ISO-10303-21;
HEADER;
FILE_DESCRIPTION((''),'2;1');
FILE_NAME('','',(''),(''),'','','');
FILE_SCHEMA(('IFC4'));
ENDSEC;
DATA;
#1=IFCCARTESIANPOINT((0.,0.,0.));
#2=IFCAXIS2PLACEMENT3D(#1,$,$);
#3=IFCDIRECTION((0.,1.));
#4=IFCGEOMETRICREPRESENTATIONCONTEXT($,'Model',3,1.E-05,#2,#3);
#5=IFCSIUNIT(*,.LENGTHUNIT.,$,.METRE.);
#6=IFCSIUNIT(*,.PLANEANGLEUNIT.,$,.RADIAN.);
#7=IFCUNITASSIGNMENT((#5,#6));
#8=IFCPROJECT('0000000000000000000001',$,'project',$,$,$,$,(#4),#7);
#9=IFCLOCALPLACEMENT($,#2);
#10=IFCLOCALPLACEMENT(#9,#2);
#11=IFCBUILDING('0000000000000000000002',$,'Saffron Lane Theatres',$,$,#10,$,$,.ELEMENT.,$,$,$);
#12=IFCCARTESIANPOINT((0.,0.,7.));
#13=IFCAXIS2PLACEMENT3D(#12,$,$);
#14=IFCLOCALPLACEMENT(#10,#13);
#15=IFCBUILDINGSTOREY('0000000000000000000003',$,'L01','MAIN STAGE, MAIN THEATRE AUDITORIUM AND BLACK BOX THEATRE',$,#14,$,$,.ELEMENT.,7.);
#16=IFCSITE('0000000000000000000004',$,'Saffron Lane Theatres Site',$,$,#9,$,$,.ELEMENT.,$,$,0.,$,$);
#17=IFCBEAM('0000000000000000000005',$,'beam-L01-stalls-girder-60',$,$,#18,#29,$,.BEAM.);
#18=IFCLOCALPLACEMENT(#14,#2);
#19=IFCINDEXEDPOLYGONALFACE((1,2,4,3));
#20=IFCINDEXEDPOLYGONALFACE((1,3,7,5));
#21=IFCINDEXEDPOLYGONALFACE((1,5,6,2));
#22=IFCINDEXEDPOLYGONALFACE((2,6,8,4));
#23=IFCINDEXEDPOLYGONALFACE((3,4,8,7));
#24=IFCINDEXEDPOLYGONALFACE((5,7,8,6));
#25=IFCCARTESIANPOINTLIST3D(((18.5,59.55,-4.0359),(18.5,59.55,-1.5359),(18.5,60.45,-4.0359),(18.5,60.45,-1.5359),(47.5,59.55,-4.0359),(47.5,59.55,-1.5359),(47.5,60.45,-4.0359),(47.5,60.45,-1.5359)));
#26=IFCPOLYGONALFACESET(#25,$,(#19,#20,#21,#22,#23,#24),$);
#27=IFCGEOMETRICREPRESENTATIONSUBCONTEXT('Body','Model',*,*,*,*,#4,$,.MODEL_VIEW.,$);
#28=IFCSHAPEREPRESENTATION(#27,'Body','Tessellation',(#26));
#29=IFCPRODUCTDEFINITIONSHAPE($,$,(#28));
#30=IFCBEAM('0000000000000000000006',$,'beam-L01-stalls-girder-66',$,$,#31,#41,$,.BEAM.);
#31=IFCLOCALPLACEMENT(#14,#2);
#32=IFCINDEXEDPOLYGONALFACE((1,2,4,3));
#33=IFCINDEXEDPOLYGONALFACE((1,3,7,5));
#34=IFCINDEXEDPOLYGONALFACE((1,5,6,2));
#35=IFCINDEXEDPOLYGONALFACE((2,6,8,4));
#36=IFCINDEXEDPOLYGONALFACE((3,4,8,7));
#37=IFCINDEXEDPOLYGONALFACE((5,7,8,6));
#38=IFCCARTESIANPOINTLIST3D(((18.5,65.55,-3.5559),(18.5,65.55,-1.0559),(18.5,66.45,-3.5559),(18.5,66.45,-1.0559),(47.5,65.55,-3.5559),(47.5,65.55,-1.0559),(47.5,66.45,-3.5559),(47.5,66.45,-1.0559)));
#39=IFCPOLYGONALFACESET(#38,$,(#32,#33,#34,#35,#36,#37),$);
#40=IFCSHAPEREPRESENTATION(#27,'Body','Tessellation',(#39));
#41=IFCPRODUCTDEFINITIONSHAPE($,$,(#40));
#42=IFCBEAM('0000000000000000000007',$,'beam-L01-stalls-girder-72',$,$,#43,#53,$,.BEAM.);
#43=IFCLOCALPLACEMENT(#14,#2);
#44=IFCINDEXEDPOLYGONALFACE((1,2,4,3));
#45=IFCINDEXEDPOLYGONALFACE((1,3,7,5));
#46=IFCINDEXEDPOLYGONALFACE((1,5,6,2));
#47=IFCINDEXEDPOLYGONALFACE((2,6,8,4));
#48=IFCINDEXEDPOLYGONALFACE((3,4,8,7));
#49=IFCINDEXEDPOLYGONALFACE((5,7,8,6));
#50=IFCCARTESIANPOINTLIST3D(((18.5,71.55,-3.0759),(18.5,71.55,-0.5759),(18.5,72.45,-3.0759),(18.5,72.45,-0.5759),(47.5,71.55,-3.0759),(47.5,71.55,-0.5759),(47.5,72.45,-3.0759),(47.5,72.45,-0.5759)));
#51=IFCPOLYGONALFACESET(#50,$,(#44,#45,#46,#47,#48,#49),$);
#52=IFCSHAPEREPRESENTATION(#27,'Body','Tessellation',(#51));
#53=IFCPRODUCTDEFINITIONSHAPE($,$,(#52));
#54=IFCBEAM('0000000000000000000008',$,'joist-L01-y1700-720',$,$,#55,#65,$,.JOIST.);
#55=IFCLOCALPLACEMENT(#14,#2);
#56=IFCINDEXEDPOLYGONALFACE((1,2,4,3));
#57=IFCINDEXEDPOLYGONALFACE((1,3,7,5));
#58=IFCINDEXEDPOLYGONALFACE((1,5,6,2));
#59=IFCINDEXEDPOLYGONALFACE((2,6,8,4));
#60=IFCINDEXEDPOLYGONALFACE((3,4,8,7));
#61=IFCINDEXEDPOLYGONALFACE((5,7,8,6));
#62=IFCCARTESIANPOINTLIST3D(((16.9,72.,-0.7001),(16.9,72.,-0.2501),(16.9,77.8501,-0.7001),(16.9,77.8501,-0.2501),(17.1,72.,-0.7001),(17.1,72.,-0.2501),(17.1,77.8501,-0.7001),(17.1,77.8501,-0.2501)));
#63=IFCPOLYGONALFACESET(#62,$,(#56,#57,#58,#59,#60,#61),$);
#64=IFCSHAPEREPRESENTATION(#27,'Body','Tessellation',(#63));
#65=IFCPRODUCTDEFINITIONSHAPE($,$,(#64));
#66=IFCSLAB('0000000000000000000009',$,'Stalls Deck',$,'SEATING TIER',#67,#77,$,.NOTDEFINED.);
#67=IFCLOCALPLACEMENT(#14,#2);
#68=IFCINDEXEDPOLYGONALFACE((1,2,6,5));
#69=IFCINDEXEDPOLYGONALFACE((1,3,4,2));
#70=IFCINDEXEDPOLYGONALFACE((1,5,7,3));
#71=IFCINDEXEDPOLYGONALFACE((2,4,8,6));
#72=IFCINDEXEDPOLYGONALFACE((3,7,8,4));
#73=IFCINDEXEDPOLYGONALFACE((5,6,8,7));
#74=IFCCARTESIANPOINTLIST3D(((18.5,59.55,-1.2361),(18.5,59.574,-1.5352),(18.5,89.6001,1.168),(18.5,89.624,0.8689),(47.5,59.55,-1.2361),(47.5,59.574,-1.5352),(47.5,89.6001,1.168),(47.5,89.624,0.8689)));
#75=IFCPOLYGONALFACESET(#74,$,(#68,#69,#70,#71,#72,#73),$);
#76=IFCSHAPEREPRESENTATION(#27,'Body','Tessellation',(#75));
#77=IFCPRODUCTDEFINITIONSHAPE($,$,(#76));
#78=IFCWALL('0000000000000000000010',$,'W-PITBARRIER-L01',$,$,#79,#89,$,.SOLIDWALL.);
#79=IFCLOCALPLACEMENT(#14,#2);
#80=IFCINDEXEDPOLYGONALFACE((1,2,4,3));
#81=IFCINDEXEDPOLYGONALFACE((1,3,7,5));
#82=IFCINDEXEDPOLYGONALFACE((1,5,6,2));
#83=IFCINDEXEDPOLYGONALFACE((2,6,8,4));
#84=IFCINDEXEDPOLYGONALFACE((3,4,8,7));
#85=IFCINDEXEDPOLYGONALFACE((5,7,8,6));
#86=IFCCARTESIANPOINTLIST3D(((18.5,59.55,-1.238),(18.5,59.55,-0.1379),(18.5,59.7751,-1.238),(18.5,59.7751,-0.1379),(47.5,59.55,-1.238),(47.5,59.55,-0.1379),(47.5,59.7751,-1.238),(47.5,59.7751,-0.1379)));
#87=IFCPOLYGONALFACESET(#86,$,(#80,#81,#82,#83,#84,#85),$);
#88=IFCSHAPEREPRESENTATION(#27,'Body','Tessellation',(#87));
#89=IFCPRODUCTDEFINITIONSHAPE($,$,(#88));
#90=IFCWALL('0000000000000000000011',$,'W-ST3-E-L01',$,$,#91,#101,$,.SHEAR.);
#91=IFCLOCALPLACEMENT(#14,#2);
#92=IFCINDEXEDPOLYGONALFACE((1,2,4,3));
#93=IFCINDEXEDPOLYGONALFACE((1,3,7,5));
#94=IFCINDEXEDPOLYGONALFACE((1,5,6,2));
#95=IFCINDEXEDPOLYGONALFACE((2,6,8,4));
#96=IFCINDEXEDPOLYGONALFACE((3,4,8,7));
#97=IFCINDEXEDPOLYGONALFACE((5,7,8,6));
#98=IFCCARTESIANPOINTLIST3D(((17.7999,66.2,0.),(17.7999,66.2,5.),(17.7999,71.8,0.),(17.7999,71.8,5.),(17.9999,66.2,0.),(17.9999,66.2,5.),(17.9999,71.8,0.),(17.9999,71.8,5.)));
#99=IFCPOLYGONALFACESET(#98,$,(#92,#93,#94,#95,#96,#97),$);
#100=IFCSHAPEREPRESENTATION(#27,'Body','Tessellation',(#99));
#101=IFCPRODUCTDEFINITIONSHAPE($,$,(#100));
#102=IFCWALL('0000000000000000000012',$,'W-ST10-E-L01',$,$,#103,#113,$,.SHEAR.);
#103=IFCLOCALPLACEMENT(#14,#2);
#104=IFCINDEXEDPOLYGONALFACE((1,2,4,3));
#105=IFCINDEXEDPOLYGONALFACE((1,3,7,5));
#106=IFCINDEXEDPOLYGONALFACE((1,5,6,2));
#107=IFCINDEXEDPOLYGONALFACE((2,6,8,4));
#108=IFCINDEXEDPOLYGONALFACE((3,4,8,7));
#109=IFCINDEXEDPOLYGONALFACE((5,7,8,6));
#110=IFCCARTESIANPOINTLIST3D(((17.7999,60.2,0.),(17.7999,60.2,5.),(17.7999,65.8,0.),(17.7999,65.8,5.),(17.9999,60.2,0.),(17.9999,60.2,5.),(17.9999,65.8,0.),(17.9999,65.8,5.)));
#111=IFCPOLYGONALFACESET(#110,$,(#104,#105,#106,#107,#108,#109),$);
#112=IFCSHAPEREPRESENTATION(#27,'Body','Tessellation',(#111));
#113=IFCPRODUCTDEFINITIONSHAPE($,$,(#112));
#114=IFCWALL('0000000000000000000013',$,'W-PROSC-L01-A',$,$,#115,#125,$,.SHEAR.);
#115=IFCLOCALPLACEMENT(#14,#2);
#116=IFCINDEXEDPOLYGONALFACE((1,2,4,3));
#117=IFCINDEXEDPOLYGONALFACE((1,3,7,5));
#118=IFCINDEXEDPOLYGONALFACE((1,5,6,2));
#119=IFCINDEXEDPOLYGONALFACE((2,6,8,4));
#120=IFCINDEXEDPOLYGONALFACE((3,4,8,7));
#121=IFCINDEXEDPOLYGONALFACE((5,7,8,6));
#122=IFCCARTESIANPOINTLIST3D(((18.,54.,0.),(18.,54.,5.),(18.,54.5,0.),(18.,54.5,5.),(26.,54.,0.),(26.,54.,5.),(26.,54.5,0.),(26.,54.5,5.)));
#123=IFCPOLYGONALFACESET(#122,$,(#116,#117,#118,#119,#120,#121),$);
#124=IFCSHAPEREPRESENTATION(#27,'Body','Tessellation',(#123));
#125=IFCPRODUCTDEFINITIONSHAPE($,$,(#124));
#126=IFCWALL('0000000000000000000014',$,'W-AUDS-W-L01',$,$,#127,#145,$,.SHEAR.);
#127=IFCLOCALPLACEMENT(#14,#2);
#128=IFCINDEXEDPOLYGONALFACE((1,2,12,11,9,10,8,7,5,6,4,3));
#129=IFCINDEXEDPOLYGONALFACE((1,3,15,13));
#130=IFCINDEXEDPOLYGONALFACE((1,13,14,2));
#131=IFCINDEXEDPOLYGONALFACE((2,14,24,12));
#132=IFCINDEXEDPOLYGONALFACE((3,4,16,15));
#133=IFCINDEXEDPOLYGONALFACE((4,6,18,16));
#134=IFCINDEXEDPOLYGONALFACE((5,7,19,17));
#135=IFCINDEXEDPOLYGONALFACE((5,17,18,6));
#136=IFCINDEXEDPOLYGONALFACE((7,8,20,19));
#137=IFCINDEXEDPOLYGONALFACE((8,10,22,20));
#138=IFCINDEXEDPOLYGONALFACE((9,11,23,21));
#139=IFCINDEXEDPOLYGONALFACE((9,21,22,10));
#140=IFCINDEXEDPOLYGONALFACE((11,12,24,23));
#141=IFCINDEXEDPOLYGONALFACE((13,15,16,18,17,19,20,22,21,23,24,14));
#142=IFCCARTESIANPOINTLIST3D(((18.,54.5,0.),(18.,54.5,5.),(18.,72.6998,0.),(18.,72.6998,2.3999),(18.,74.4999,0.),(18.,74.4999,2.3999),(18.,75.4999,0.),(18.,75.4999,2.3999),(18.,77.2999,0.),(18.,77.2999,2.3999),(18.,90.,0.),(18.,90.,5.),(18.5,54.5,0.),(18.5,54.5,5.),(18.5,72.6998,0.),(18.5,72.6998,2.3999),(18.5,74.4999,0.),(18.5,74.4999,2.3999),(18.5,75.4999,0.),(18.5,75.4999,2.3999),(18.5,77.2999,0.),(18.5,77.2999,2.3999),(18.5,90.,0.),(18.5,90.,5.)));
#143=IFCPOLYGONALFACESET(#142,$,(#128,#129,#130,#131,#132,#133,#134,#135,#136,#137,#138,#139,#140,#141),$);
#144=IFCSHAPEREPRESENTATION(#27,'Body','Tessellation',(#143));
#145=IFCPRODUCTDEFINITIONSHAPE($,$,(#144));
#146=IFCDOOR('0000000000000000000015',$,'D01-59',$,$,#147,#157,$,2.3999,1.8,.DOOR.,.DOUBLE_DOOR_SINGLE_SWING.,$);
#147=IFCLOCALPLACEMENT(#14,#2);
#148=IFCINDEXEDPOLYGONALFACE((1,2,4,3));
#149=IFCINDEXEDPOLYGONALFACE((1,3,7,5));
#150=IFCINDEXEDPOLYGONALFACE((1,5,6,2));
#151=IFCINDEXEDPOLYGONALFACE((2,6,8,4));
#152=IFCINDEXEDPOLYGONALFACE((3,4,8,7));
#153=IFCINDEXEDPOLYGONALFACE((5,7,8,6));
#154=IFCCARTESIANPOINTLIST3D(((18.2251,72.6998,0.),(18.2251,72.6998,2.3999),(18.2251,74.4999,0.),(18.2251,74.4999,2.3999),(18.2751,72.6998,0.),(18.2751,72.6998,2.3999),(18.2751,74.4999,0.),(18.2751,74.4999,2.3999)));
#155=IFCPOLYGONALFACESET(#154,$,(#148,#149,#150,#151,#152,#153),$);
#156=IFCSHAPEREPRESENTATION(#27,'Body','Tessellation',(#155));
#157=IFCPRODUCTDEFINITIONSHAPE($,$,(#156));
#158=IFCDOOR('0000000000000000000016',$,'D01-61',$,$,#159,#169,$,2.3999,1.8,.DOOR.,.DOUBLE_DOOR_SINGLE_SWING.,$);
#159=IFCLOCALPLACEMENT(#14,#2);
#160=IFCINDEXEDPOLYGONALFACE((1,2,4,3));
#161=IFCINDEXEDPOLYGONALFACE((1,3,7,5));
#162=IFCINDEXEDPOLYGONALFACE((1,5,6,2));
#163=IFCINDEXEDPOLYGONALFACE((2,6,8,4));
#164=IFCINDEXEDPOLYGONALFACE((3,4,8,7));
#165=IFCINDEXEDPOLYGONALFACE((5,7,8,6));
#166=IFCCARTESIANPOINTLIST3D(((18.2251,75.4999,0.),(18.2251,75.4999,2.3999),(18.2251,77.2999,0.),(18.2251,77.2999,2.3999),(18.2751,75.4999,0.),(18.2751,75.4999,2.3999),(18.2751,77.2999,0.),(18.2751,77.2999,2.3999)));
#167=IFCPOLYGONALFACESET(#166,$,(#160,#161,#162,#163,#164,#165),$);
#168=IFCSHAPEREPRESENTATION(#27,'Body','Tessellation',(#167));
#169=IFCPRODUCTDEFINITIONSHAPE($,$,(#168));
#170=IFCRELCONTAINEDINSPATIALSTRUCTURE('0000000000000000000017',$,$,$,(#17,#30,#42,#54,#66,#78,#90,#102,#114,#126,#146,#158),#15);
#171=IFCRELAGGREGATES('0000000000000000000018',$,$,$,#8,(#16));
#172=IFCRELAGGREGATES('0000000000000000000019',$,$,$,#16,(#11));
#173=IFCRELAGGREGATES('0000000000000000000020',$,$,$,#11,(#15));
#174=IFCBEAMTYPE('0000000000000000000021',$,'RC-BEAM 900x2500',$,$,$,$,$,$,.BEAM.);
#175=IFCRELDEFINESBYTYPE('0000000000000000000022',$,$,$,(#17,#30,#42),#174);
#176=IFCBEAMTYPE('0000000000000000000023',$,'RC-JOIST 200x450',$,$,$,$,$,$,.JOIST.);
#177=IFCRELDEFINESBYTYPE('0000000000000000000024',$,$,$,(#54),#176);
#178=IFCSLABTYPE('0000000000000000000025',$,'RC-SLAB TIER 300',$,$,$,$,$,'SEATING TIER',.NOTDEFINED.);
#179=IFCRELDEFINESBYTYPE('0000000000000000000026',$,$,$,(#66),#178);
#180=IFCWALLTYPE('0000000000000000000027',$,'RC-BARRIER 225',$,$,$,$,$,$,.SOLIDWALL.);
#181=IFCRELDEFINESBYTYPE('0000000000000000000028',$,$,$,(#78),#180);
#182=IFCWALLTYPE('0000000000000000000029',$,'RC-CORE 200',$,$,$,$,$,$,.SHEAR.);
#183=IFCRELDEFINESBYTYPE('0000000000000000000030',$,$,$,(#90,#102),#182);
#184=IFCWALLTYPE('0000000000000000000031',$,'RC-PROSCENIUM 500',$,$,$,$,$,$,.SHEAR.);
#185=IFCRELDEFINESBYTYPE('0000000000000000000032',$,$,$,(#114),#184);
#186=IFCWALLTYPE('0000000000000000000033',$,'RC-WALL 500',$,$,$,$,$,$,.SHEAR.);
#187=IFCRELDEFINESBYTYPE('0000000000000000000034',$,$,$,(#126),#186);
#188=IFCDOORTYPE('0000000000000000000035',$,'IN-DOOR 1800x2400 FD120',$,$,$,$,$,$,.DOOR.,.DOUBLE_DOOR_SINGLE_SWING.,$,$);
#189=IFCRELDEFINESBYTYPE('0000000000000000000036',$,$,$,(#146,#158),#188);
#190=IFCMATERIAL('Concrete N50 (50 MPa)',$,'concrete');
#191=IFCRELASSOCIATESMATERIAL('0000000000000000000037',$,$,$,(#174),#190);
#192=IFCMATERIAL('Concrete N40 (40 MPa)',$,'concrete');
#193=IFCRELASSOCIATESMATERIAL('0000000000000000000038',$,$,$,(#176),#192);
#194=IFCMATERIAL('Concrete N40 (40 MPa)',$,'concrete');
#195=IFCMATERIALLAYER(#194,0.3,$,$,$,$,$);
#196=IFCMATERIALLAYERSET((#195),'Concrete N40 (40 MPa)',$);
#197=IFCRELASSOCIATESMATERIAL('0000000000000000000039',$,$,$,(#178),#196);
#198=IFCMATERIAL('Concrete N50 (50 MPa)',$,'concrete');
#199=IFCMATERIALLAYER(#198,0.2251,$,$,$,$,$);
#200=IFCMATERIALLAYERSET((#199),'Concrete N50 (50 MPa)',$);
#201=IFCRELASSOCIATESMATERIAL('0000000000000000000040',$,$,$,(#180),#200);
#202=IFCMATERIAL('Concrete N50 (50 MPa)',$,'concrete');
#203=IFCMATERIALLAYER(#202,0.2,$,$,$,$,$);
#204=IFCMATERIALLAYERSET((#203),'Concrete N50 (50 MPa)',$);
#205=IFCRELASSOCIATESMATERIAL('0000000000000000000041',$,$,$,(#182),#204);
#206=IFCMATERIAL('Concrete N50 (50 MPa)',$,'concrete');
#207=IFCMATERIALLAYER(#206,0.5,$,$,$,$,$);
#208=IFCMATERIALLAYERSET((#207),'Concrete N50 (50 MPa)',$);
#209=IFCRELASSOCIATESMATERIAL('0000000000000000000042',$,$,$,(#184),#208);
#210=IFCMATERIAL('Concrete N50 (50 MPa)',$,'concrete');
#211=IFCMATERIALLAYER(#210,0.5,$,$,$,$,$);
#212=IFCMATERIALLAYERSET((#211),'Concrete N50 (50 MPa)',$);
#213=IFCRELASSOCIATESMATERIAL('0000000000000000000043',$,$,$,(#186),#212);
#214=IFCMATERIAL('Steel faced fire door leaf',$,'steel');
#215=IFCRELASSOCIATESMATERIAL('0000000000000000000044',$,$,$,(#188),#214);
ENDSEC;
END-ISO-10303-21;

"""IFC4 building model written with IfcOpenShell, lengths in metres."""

from ifc_helpers import new_model, si_unit, direction, frame, frame_2d, origin, origin_2d, place, context, subcontext, project, spatial, polyline, rectangle, outline, extrude, material, layer, layer_set, material_profile, profile_set, type_object, element, fill, save


model = new_model("IFC4")

# Units and contexts
model_context = context("Model", 3, precision=1e-05, world=origin(), true_north=direction((0.0, 1.0)))
body_context = subcontext(model_context, "Body", "Model", "MODEL_VIEW")
ifc_project = project(units=[si_unit("LENGTHUNIT", "METRE"), si_unit("PLANEANGLEUNIT", "RADIAN")], contexts=[model_context])

# Site, building, storey
site_placement = place(None, origin())
site = spatial("IfcSite", under=ifc_project, at=site_placement, Name="Saffron Lane Theatres Site", CompositionType="ELEMENT", RefElevation=0.0)
building_placement = place(site_placement, origin())
building = spatial("IfcBuilding", under=site, at=building_placement, Name="Saffron Lane Theatres", CompositionType="ELEMENT")
storey_placement = place(building_placement, frame((0.0, 0.0, 7.0)))
storey = spatial("IfcBuildingStorey", under=building, at=storey_placement, Name="L01", Description="MAIN STAGE, MAIN THEATRE AUDITORIUM AND BLACK BOX THEATRE", CompositionType="ELEMENT", Elevation=7.0)

# Beams
ifc_material_1 = material(Name="Concrete N50 (50 MPa)", Category="concrete")
ifc_material_profile_1 = material_profile(ifc_material_1, rectangle(XDim=0.8999, YDim=2.5, at=origin_2d()))
ifc_profile_set_1 = profile_set([ifc_material_profile_1], Name="Concrete N50 (50 MPa)")
beam_type_1 = type_object("IfcBeamType", Name="RC-BEAM 900x2500", PredefinedType="BEAM", material=ifc_profile_set_1)
for number, where, z_axis, x_axis, name in (
    (1, (18.5, 60.0, -2.7859), (1.0, 0.0, 0.0), (0.0, 1.0, 0.0), "beam-L01-stalls-girder-60"),
    (2, (18.5, 66.0, -2.3059), (1.0, 0.0, 0.0), (0.0, 1.0, 0.0), "beam-L01-stalls-girder-66"),
    (3, (18.5, 72.0, -1.8259), (1.0, 0.0, 0.0), (0.0, 1.0, 0.0), "beam-L01-stalls-girder-72"),
):
    element("IfcBeam", number, at=place(storey_placement, frame(where, z_axis=z_axis, x_axis=x_axis)), inside=storey, type_object=beam_type_1, Name=name, PredefinedType="BEAM", context=body_context, shape_type="SweptSolid", body=[
        extrude(rectangle(XDim=0.8999, YDim=2.5, at=origin_2d()), origin(), (0.0, 0.0, 1.0), 29.0),
    ])
ifc_material_2 = material(Name="Concrete N40 (40 MPa)", Category="concrete")
ifc_material_profile_2 = material_profile(ifc_material_2, rectangle(XDim=0.2, YDim=0.45, at=origin_2d()))
ifc_profile_set_2 = profile_set([ifc_material_profile_2], Name="Concrete N40 (40 MPa)")
beam_type_2 = type_object("IfcBeamType", Name="RC-JOIST 200x450", PredefinedType="JOIST", material=ifc_profile_set_2)
beam_placement = place(storey_placement, frame((17.0, 72.0, -0.4751), z_axis=(0.0, 1.0, 0.0), x_axis=(-1.0, 0.0, 0.0)))
element("IfcBeam", 4, at=beam_placement, inside=storey, type_object=beam_type_2, Name="joist-L01-y1700-720", PredefinedType="JOIST", context=body_context, shape_type="SweptSolid", body=[
    extrude(rectangle(XDim=0.2, YDim=0.45, at=origin_2d()), origin(), (0.0, 0.0, 1.0), 5.8501),
])

# Slab
ifc_material_3 = material(Name="Concrete N40 (40 MPa)", Category="concrete")
ifc_layer_1 = layer(ifc_material_3, 0.3)
ifc_layer_set_1 = layer_set([ifc_layer_1], Name="Concrete N40 (40 MPa)")
slab_type = type_object("IfcSlabType", Name="RC-SLAB TIER 300", ElementType="SEATING TIER", PredefinedType="NOTDEFINED", material=ifc_layer_set_1)
slab_placement = place(storey_placement, frame((18.5, 59.55, -1.2361), z_axis=(0.0, -0.079747, 0.996815), x_axis=(1.0, 0.0, 0.0)))
element("IfcSlab", 5, at=slab_placement, inside=storey, type_object=slab_type, Name="Stalls Deck", ObjectType="SEATING TIER", PredefinedType="NOTDEFINED", context=body_context, shape_type="SweptSolid", body=[
    extrude(outline(polyline([(0.0, 0.0), (29.0, 0.0), (29.0, 30.1461), (0.0, 30.1461), (0.0, 0.0)])), origin(), (0.0, 0.0, -1.0), 0.3),
])

# Walls
ifc_material_4 = material(Name="Concrete N50 (50 MPa)", Category="concrete")
ifc_layer_2 = layer(ifc_material_4, 0.2251)
ifc_layer_set_2 = layer_set([ifc_layer_2], Name="Concrete N50 (50 MPa)")
wall_type_1 = type_object("IfcWallType", Name="RC-BARRIER 225", PredefinedType="SOLIDWALL", material=ifc_layer_set_2)
wall_1_placement = place(storey_placement, frame((18.5, 59.6626, -1.238), z_axis=(0.0, 0.0, 1.0), x_axis=(1.0, 0.0, 0.0)))
element("IfcWall", 6, at=wall_1_placement, inside=storey, type_object=wall_type_1, Name="W-PITBARRIER-L01", PredefinedType="SOLIDWALL", context=body_context, shape_type="SweptSolid", body=[
    extrude(rectangle(XDim=29.0, YDim=0.2251, at=frame_2d((14.5, 0.0))), origin(), (0.0, 0.0, 1.0), 1.1001),
])
ifc_material_5 = material(Name="Concrete N50 (50 MPa)", Category="concrete")
ifc_layer_3 = layer(ifc_material_5, 0.2)
ifc_layer_set_3 = layer_set([ifc_layer_3], Name="Concrete N50 (50 MPa)")
wall_type_2 = type_object("IfcWallType", Name="RC-CORE 200", PredefinedType="SHEAR", material=ifc_layer_set_3)
for number, where, z_axis, x_axis, name in (
    (7, (17.8999, 66.2, 0.0), (0.0, 0.0, 1.0), (0.0, 1.0, 0.0), "W-ST3-E-L01"),
    (8, (17.8999, 60.2, 0.0), (0.0, 0.0, 1.0), (0.0, 1.0, 0.0), "W-ST10-E-L01"),
):
    element("IfcWall", number, at=place(storey_placement, frame(where, z_axis=z_axis, x_axis=x_axis)), inside=storey, type_object=wall_type_2, Name=name, PredefinedType="SHEAR", context=body_context, shape_type="SweptSolid", body=[
        extrude(rectangle(XDim=5.6001, YDim=0.2, at=frame_2d((2.8, 0.0))), origin(), (0.0, 0.0, 1.0), 5.0),
    ])
ifc_material_6 = material(Name="Concrete N50 (50 MPa)", Category="concrete")
ifc_layer_4 = layer(ifc_material_6, 0.5)
ifc_layer_set_4 = layer_set([ifc_layer_4], Name="Concrete N50 (50 MPa)")
wall_type_3 = type_object("IfcWallType", Name="RC-PROSCENIUM 500", PredefinedType="SHEAR", material=ifc_layer_set_4)
wall_2_placement = place(storey_placement, frame((18.0, 54.25, 0.0), z_axis=(0.0, 0.0, 1.0), x_axis=(1.0, 0.0, 0.0)))
element("IfcWall", 9, at=wall_2_placement, inside=storey, type_object=wall_type_3, Name="W-PROSC-L01-A", PredefinedType="SHEAR", context=body_context, shape_type="SweptSolid", body=[
    extrude(rectangle(XDim=8.0, YDim=0.5, at=frame_2d((4.0, 0.0))), origin(), (0.0, 0.0, 1.0), 5.0),
])

# Wall, openings, doors
ifc_material_7 = material(Name="Concrete N50 (50 MPa)", Category="concrete")
ifc_layer_5 = layer(ifc_material_7, 0.5)
ifc_layer_set_5 = layer_set([ifc_layer_5], Name="Concrete N50 (50 MPa)")
wall_type_4 = type_object("IfcWallType", Name="RC-WALL 500", PredefinedType="SHEAR", material=ifc_layer_set_5)
wall_3_placement = place(storey_placement, frame((18.25, 54.5, 0.0), z_axis=(0.0, 0.0, 1.0), x_axis=(0.0, 1.0, 0.0)))
wall_3 = element("IfcWall", 10, at=wall_3_placement, inside=storey, type_object=wall_type_4, Name="W-AUDS-W-L01", PredefinedType="SHEAR", context=body_context, shape_type="SweptSolid", body=[
    extrude(rectangle(XDim=35.5, YDim=0.5, at=frame_2d((17.75, 0.0))), origin(), (0.0, 0.0, 1.0), 5.0),
])
opening_1_placement = place(wall_3_placement, frame((18.2, 0.0, 0.0)))
opening_1 = element("IfcOpeningElement", 11, at=opening_1_placement, cuts=wall_3, PredefinedType="OPENING", context=body_context, shape_type="SweptSolid", body=[
    extrude(rectangle(XDim=1.8, YDim=2.3999, at=frame_2d((0.8999, 1.2))), frame((0.0, 0.26, 0.0), z_axis=(0.0, -1.0, 0.0), x_axis=(1.0, 0.0, 0.0)), (0.0, 0.0, 1.0), 0.52),
])
opening_2_placement = place(wall_3_placement, frame((21.0, 0.0, 0.0)))
opening_2 = element("IfcOpeningElement", 12, at=opening_2_placement, cuts=wall_3, PredefinedType="OPENING", context=body_context, shape_type="SweptSolid", body=[
    extrude(rectangle(XDim=1.8, YDim=2.3999, at=frame_2d((0.8999, 1.2))), frame((0.0, 0.26, 0.0), z_axis=(0.0, -1.0, 0.0), x_axis=(1.0, 0.0, 0.0)), (0.0, 0.0, 1.0), 0.52),
])
ifc_material_8 = material(Name="Steel faced fire door leaf", Category="steel")
door_type = type_object("IfcDoorType", Name="IN-DOOR 1800x2400 FD120", OperationType="DOUBLE_DOOR_SINGLE_SWING", PredefinedType="DOOR", material=ifc_material_8)
door_1_placement = place(opening_1_placement, origin())
door_1 = element("IfcDoor", 13, at=door_1_placement, inside=storey, type_object=door_type, Name="D01-59", OperationType="DOUBLE_DOOR_SINGLE_SWING", OverallHeight=2.3999, OverallWidth=1.8, PredefinedType="DOOR", context=body_context, shape_type="SweptSolid", body=[
    extrude(rectangle(XDim=1.8, YDim=2.3999, at=frame_2d((0.8999, 1.2))), frame((0.0, 0.0249, 0.0), z_axis=(0.0, -1.0, 0.0), x_axis=(1.0, 0.0, 0.0)), (0.0, 0.0, 1.0), 0.05),
])
fill(opening_1, door_1)
door_2_placement = place(opening_2_placement, origin())
door_2 = element("IfcDoor", 14, at=door_2_placement, inside=storey, type_object=door_type, Name="D01-61", OperationType="DOUBLE_DOOR_SINGLE_SWING", OverallHeight=2.3999, OverallWidth=1.8, PredefinedType="DOOR", context=body_context, shape_type="SweptSolid", body=[
    extrude(rectangle(XDim=1.8, YDim=2.3999, at=frame_2d((0.8999, 1.2))), frame((0.0, 0.0249, 0.0), z_axis=(0.0, -1.0, 0.0), x_axis=(1.0, 0.0, 0.0)), (0.0, 0.0, 1.0), 0.05),
])
fill(opening_2, door_2)

save(model, "model.ifc")
